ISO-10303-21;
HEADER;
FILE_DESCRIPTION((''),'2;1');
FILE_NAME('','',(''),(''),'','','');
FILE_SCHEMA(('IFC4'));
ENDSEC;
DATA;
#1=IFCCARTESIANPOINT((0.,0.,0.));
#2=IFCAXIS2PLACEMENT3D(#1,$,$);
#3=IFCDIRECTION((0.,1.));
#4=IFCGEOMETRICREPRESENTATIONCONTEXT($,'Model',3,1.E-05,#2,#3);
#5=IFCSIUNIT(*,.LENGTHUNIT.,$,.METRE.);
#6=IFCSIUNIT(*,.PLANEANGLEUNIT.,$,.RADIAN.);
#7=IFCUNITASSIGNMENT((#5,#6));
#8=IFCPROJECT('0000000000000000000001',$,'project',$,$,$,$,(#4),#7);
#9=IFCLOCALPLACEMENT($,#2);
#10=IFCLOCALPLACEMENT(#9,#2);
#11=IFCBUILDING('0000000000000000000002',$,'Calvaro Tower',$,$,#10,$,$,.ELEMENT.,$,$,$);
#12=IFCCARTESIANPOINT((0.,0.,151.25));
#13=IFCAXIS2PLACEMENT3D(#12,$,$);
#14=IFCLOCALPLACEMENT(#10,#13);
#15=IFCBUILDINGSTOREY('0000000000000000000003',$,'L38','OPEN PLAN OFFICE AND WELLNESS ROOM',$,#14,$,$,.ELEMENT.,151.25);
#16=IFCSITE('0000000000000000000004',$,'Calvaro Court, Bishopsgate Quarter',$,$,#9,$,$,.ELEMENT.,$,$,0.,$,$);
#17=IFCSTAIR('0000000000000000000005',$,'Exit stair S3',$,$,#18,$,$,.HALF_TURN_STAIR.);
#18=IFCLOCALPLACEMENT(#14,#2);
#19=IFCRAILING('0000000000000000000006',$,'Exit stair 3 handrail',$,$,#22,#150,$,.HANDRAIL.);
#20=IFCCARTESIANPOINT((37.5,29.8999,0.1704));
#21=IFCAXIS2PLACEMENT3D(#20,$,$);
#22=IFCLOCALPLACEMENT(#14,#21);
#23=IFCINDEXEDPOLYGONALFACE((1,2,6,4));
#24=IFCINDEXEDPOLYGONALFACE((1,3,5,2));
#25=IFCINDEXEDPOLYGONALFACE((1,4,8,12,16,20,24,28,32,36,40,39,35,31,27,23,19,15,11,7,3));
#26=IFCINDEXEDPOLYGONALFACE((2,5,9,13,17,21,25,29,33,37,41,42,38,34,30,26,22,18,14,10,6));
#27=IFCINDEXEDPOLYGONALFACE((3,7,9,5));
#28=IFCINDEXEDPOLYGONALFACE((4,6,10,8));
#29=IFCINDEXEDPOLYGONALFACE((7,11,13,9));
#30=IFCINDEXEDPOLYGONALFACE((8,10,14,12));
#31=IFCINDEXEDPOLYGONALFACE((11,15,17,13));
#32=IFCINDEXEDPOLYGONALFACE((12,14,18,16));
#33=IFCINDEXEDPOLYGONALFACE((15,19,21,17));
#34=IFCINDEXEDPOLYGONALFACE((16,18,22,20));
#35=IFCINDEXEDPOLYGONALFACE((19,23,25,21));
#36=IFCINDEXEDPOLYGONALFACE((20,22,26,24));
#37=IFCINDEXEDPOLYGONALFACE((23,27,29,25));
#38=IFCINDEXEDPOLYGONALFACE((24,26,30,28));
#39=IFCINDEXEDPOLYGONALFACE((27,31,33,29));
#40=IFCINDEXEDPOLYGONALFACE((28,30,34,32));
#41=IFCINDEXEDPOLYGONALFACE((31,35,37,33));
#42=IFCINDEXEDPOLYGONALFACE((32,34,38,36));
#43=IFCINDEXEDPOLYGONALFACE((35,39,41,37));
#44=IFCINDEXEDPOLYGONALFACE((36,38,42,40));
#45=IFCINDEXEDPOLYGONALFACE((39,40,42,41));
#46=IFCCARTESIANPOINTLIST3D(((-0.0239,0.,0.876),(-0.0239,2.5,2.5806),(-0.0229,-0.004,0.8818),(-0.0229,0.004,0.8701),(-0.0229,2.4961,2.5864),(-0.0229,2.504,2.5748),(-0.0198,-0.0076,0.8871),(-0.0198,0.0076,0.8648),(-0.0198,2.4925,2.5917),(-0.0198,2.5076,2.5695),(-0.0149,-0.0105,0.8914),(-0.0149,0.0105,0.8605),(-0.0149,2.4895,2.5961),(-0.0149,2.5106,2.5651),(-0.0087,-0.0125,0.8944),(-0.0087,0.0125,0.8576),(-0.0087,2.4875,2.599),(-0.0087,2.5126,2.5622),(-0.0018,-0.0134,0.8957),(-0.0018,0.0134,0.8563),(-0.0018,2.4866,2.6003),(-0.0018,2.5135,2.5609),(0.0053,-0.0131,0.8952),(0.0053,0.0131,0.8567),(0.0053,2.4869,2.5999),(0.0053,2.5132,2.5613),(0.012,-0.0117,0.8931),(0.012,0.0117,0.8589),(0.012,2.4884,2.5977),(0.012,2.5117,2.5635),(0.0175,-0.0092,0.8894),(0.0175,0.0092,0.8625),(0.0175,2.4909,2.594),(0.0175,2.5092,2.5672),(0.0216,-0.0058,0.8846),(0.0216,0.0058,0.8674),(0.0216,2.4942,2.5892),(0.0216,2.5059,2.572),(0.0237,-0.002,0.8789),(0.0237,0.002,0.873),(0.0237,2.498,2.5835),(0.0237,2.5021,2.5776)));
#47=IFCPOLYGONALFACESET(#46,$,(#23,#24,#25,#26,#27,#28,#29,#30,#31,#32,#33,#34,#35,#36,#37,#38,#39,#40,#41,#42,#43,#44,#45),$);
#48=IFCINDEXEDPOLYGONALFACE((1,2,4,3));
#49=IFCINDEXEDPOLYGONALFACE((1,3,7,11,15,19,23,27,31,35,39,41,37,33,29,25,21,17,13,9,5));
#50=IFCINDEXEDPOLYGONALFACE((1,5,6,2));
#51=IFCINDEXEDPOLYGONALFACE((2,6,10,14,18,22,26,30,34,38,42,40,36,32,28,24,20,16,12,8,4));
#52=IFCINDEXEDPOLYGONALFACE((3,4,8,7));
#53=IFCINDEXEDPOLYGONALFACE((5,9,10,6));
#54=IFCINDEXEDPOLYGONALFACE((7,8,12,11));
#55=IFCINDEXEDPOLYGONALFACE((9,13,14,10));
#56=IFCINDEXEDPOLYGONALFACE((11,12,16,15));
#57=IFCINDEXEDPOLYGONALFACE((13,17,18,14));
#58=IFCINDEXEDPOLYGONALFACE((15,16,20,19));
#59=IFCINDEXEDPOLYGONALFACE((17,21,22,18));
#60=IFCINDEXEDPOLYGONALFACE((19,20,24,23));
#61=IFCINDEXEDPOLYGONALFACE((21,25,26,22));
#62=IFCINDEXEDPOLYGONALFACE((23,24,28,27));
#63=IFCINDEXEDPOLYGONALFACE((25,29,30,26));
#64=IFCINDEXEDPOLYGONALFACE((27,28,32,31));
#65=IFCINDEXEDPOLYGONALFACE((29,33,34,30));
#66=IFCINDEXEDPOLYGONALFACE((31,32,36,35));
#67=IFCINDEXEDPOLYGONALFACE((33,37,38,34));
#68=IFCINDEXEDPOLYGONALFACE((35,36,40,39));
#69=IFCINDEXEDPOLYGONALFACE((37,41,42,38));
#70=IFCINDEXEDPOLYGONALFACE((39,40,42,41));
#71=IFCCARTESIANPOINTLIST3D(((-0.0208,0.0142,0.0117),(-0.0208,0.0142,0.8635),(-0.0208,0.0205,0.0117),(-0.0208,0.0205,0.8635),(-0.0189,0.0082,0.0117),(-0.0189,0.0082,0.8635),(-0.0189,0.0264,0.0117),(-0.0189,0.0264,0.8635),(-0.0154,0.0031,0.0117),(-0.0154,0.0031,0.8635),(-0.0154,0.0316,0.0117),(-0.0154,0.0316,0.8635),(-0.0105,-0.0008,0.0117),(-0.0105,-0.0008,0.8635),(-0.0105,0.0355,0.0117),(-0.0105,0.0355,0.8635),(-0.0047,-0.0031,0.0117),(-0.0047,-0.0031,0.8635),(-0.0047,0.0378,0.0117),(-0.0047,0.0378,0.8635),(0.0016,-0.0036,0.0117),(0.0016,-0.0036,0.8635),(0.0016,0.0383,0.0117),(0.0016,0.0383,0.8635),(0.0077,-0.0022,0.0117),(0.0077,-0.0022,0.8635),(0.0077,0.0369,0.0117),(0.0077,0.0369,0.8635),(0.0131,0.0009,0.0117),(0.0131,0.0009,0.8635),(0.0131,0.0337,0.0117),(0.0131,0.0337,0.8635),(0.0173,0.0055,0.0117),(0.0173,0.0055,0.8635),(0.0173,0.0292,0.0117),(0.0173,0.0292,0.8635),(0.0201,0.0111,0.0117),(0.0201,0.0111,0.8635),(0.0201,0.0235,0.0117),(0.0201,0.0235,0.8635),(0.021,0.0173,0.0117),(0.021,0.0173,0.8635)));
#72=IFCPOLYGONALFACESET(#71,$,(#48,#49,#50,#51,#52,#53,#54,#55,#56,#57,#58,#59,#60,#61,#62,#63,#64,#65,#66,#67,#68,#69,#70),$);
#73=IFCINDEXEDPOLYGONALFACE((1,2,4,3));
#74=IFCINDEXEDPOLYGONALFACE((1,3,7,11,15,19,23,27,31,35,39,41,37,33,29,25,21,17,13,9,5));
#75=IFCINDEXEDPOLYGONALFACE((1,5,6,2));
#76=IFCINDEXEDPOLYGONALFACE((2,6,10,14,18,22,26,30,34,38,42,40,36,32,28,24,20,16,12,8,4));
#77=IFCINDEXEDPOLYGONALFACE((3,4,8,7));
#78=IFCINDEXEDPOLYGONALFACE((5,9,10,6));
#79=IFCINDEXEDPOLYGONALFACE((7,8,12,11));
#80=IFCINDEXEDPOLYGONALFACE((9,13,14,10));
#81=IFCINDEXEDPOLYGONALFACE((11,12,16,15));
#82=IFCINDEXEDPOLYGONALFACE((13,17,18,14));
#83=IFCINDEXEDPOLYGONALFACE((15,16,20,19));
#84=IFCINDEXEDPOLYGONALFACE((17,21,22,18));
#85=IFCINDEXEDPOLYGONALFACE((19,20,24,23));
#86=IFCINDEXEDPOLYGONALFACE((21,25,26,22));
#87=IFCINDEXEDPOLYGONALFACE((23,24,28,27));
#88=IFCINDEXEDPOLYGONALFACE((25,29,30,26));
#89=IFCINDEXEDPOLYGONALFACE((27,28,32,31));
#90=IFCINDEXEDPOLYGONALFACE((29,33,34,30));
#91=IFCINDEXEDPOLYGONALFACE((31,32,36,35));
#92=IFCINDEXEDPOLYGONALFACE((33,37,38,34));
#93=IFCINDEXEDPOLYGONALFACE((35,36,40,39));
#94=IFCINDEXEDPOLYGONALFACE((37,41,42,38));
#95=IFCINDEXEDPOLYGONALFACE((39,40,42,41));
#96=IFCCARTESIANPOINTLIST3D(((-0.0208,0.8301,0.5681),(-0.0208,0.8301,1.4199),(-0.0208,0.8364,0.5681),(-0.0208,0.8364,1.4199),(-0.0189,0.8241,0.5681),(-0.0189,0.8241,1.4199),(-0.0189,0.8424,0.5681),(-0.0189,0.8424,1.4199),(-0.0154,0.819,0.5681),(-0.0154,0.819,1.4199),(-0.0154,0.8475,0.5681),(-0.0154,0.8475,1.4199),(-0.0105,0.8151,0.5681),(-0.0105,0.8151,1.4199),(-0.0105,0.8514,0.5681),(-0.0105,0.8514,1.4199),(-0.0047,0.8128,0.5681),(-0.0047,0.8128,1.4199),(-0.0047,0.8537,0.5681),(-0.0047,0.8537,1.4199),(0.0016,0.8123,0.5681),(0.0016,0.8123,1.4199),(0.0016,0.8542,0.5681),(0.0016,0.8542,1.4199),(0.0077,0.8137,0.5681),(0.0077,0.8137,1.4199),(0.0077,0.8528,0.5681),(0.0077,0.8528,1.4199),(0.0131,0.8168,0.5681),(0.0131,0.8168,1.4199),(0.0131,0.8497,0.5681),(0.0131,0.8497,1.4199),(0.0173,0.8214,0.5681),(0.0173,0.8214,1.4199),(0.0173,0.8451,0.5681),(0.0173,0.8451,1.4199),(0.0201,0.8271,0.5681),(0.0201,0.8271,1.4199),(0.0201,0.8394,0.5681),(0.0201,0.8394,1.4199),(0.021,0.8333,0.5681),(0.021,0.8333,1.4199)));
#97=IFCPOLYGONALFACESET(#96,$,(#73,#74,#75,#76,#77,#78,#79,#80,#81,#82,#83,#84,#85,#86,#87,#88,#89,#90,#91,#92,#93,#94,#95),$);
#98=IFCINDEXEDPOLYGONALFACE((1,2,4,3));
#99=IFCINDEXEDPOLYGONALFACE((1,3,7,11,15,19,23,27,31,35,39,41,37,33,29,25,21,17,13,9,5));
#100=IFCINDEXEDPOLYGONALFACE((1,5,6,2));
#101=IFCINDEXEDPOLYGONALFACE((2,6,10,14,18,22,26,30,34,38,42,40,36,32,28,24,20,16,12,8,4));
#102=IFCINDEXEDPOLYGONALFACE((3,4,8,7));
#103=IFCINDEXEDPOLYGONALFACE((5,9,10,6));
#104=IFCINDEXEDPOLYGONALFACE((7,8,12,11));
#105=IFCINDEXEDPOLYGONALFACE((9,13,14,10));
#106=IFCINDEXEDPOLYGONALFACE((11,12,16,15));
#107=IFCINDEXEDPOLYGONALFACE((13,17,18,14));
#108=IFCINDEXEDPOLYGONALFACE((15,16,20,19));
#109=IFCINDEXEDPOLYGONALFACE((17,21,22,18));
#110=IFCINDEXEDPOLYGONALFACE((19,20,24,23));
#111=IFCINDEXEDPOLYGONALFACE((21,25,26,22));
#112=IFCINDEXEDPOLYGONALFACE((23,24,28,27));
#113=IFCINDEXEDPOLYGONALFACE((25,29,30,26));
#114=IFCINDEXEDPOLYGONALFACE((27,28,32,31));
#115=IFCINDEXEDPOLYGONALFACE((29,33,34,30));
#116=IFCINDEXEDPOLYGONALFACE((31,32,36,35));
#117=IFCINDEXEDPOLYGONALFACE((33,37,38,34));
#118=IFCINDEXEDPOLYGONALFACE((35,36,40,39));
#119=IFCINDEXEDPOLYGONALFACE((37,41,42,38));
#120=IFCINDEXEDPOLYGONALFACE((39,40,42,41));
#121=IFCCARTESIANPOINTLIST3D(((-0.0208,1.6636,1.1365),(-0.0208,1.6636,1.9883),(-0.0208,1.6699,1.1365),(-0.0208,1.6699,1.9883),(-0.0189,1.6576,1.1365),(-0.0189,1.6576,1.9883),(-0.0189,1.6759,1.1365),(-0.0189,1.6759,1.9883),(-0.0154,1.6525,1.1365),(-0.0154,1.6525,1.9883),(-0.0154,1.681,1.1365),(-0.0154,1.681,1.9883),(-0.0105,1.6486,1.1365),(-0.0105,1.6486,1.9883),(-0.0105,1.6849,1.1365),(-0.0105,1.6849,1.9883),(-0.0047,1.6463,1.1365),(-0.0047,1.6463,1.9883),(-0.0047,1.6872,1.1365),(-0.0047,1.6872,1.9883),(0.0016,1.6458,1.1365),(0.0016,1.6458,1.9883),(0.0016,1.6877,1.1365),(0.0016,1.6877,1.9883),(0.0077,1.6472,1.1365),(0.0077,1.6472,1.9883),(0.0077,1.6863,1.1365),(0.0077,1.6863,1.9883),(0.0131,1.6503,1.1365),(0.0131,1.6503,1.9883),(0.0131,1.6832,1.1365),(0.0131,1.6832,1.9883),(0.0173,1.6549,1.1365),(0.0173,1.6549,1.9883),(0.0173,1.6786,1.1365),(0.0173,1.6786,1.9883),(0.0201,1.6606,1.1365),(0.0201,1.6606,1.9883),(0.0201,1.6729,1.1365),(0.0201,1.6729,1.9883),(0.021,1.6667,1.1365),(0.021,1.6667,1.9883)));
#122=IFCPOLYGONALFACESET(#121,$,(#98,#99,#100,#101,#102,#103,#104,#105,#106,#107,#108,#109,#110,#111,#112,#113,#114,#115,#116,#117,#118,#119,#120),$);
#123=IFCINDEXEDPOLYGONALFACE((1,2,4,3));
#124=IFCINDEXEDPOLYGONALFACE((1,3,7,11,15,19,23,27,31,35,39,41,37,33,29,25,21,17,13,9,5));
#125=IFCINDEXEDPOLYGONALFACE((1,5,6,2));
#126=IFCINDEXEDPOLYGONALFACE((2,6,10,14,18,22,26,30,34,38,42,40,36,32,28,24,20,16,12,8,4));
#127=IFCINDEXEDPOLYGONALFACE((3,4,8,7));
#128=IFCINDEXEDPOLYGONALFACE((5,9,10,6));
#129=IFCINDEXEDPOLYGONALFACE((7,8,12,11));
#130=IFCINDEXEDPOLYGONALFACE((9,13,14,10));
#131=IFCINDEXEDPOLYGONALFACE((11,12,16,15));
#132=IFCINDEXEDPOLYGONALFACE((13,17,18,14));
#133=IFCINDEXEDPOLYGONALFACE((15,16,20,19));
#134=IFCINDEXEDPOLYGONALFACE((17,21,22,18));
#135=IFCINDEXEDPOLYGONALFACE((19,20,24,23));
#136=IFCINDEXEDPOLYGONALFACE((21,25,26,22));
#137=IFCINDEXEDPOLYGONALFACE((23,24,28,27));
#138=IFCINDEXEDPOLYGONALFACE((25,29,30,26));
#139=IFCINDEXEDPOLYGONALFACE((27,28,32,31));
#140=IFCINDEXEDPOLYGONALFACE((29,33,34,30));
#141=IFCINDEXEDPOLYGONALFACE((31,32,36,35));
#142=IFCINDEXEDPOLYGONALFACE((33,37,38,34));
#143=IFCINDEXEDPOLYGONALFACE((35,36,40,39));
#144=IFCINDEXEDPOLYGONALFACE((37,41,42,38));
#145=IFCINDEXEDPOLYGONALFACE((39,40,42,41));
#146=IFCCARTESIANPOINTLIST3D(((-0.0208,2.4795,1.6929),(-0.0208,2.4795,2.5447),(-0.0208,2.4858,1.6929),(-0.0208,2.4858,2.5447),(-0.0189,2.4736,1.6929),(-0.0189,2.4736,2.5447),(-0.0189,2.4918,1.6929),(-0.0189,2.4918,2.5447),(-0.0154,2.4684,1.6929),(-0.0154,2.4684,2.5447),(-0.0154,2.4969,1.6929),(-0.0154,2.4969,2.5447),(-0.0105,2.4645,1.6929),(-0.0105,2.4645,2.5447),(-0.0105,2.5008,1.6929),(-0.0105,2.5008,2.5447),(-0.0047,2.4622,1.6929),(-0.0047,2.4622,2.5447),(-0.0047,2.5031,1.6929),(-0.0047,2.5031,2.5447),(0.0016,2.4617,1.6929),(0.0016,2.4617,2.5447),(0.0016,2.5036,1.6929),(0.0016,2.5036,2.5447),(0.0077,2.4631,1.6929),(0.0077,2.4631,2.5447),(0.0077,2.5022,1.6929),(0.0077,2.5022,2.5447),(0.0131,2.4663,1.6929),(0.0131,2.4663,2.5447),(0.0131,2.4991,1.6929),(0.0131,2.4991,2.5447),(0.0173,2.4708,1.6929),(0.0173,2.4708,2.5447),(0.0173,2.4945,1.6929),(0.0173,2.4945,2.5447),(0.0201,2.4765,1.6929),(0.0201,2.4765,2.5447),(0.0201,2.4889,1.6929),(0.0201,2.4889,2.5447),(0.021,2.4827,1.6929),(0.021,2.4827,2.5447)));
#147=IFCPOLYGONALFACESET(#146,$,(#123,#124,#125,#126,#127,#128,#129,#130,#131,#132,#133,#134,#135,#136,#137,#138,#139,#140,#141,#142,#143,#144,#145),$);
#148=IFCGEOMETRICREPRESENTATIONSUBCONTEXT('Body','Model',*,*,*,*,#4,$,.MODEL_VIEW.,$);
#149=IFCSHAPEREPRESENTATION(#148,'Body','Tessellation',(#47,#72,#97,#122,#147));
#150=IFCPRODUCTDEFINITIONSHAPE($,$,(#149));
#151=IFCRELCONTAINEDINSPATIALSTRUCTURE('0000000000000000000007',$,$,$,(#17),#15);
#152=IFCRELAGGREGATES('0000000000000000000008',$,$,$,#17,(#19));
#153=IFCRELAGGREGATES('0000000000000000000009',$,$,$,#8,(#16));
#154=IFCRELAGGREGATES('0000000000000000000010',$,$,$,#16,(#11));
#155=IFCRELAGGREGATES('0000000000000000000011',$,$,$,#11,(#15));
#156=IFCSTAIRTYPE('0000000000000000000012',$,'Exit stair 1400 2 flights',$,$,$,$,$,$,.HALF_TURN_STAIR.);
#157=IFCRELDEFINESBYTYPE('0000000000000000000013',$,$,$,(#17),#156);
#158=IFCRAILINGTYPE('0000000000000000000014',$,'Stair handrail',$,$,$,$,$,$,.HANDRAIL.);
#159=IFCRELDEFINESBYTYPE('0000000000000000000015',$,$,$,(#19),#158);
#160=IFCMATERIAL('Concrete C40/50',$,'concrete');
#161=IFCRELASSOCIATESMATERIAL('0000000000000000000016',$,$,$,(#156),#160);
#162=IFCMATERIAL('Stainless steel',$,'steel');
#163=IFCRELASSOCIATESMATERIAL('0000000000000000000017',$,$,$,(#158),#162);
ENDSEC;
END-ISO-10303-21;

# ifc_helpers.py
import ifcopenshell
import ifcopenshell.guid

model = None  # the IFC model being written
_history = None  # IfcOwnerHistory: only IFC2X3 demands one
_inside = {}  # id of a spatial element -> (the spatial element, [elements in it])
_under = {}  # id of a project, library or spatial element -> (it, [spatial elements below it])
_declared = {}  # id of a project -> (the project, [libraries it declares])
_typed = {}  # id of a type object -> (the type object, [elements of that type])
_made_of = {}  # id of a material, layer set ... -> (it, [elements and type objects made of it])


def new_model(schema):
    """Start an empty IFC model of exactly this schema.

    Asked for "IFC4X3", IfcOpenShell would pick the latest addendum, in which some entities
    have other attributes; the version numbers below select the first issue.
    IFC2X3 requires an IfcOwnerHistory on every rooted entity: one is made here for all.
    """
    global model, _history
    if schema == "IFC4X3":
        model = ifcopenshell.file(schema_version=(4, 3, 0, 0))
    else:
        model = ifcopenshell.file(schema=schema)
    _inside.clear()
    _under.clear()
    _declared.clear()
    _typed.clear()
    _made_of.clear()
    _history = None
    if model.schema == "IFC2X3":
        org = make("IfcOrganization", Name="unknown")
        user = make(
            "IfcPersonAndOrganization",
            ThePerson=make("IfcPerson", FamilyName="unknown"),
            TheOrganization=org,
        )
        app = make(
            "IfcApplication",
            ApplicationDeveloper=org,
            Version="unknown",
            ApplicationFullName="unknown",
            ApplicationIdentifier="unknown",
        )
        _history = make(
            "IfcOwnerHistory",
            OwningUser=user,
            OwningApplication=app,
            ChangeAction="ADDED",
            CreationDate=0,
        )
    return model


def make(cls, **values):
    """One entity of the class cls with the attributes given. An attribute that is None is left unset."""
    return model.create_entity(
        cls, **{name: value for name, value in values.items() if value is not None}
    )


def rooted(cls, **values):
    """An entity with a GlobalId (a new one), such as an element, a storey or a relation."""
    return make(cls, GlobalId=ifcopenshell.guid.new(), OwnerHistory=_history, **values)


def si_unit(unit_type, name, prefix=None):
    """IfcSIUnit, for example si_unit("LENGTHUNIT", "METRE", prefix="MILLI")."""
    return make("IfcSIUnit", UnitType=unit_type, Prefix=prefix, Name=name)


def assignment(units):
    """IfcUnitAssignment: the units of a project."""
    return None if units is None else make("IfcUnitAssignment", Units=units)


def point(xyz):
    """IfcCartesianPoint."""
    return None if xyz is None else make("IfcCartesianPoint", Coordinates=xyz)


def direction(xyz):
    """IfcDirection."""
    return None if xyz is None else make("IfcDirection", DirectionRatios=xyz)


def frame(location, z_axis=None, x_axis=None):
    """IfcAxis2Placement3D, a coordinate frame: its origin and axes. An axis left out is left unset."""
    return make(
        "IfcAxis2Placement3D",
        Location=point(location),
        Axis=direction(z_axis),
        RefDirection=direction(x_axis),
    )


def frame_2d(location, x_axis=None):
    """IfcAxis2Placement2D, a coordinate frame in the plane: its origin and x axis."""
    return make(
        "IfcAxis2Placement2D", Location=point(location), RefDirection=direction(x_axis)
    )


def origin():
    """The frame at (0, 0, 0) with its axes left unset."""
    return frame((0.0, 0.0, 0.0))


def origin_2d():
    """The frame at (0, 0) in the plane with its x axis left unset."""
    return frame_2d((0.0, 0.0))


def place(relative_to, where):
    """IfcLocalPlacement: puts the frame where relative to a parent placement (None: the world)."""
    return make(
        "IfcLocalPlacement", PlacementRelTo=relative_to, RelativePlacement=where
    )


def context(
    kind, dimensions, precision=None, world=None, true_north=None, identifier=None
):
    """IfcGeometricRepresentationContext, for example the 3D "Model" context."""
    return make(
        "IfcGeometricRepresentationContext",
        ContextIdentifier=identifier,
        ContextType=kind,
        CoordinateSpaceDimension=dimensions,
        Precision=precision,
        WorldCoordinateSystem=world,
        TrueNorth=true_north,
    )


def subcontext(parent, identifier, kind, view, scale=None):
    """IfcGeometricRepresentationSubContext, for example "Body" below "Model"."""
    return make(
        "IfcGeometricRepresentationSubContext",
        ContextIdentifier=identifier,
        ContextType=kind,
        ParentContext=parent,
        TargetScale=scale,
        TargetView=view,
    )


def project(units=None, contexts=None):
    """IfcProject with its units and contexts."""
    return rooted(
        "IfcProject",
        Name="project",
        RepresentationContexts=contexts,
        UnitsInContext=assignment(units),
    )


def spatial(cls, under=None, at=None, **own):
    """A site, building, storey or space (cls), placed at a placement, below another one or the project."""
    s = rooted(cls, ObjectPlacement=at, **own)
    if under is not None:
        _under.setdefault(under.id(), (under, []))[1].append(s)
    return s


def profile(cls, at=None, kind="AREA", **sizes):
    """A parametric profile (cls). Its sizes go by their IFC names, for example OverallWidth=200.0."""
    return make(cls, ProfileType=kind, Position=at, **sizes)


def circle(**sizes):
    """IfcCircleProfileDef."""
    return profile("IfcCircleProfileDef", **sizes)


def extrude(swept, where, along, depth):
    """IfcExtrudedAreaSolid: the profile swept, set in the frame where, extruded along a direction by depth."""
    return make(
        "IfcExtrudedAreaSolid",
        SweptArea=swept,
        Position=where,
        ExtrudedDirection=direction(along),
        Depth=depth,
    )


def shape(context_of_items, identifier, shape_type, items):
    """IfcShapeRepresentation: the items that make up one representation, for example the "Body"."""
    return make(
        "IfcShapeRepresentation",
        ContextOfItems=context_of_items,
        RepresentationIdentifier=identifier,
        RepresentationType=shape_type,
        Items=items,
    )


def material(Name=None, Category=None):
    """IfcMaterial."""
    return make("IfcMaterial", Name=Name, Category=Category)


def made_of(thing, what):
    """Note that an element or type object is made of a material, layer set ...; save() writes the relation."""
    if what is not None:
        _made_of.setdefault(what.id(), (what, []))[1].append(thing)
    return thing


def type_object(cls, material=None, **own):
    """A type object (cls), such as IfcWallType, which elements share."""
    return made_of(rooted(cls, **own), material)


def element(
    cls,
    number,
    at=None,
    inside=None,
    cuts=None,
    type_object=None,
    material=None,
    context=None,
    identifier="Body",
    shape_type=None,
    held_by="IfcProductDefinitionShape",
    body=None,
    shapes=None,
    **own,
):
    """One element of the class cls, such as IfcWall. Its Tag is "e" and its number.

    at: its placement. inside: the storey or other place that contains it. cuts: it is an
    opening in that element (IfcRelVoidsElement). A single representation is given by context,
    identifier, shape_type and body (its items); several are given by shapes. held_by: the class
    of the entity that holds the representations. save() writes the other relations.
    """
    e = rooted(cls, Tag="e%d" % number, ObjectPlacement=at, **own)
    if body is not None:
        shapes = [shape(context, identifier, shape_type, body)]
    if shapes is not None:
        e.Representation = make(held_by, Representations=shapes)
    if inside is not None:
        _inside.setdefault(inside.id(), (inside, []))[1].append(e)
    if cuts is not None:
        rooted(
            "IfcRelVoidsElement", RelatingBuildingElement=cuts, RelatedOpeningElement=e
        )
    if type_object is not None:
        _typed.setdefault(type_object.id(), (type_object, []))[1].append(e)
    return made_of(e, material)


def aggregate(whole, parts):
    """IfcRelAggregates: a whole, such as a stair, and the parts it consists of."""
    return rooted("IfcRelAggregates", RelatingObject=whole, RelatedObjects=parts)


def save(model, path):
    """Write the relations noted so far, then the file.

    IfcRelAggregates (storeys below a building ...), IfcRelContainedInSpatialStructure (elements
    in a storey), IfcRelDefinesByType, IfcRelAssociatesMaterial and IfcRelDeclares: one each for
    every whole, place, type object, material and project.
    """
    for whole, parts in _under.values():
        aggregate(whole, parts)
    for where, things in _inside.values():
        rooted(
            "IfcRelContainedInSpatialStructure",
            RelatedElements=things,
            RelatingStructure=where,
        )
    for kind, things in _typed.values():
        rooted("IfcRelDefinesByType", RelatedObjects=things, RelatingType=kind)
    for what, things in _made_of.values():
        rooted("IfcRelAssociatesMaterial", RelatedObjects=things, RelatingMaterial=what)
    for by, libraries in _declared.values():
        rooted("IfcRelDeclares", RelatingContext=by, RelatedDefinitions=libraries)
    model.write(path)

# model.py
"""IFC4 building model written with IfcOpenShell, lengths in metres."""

from ifc_helpers import new_model, si_unit, direction, frame, origin, origin_2d, place, context, subcontext, project, spatial, circle, extrude, material, type_object, element, aggregate, save


model = new_model("IFC4")

# Units and contexts
model_context = context("Model", 3, precision=1e-05, world=origin(), true_north=direction((0.0, 1.0)))
body_context = subcontext(model_context, "Body", "Model", "MODEL_VIEW")
ifc_project = project(units=[si_unit("LENGTHUNIT", "METRE"), si_unit("PLANEANGLEUNIT", "RADIAN")], contexts=[model_context])

# Site, building, storey
site_placement = place(None, origin())
site = spatial("IfcSite", under=ifc_project, at=site_placement, Name="Calvaro Court, Bishopsgate Quarter", CompositionType="ELEMENT", RefElevation=0.0)
building_placement = place(site_placement, origin())
building = spatial("IfcBuilding", under=site, at=building_placement, Name="Calvaro Tower", CompositionType="ELEMENT")
storey_placement = place(building_placement, frame((0.0, 0.0, 151.25)))
storey = spatial("IfcBuildingStorey", under=building, at=storey_placement, Name="L38", Description="OPEN PLAN OFFICE AND WELLNESS ROOM", CompositionType="ELEMENT", Elevation=151.25)

# Stair
ifc_material_1 = material(Name="Concrete C40/50", Category="concrete")
stair_type = type_object("IfcStairType", Name="Exit stair 1400 2 flights", PredefinedType="HALF_TURN_STAIR", material=ifc_material_1)
stair_1_placement = place(storey_placement, origin())
stair_1 = element("IfcStair", 1, at=stair_1_placement, inside=storey, type_object=stair_type, Name="Exit stair S3", PredefinedType="HALF_TURN_STAIR")

# Railing
ifc_material_2 = material(Name="Stainless steel", Category="steel")
railing_type = type_object("IfcRailingType", Name="Stair handrail", PredefinedType="HANDRAIL", material=ifc_material_2)
railing_1_placement = place(storey_placement, frame((37.5, 29.8999, 0.1704)))
railing_1 = element("IfcRailing", 2, at=railing_1_placement, type_object=railing_type, Name="Exit stair 3 handrail", PredefinedType="HANDRAIL", context=body_context, shape_type="SweptSolid", body=[
    extrude(circle(Radius=0.0239, at=origin_2d()), frame((0.0, 0.0, 0.876), z_axis=(0.0, 0.826221, 0.563347), x_axis=(-1.0, 0.0, 0.0)), (0.0, 0.0, 1.0), 3.0259),
    extrude(circle(Radius=0.021, at=origin_2d()), frame((0.0, 0.0173, 0.0117)), (0.0, 0.0, 1.0), 0.8518),
    extrude(circle(Radius=0.021, at=origin_2d()), frame((0.0, 0.8333, 0.5681)), (0.0, 0.0, 1.0), 0.8518),
    extrude(circle(Radius=0.021, at=origin_2d()), frame((0.0, 1.6667, 1.1365)), (0.0, 0.0, 1.0), 0.8518),
    extrude(circle(Radius=0.021, at=origin_2d()), frame((0.0, 2.4827, 1.6929)), (0.0, 0.0, 1.0), 0.8518),
])
aggregate(stair_1, [railing_1])

save(model, "model.ifc")
